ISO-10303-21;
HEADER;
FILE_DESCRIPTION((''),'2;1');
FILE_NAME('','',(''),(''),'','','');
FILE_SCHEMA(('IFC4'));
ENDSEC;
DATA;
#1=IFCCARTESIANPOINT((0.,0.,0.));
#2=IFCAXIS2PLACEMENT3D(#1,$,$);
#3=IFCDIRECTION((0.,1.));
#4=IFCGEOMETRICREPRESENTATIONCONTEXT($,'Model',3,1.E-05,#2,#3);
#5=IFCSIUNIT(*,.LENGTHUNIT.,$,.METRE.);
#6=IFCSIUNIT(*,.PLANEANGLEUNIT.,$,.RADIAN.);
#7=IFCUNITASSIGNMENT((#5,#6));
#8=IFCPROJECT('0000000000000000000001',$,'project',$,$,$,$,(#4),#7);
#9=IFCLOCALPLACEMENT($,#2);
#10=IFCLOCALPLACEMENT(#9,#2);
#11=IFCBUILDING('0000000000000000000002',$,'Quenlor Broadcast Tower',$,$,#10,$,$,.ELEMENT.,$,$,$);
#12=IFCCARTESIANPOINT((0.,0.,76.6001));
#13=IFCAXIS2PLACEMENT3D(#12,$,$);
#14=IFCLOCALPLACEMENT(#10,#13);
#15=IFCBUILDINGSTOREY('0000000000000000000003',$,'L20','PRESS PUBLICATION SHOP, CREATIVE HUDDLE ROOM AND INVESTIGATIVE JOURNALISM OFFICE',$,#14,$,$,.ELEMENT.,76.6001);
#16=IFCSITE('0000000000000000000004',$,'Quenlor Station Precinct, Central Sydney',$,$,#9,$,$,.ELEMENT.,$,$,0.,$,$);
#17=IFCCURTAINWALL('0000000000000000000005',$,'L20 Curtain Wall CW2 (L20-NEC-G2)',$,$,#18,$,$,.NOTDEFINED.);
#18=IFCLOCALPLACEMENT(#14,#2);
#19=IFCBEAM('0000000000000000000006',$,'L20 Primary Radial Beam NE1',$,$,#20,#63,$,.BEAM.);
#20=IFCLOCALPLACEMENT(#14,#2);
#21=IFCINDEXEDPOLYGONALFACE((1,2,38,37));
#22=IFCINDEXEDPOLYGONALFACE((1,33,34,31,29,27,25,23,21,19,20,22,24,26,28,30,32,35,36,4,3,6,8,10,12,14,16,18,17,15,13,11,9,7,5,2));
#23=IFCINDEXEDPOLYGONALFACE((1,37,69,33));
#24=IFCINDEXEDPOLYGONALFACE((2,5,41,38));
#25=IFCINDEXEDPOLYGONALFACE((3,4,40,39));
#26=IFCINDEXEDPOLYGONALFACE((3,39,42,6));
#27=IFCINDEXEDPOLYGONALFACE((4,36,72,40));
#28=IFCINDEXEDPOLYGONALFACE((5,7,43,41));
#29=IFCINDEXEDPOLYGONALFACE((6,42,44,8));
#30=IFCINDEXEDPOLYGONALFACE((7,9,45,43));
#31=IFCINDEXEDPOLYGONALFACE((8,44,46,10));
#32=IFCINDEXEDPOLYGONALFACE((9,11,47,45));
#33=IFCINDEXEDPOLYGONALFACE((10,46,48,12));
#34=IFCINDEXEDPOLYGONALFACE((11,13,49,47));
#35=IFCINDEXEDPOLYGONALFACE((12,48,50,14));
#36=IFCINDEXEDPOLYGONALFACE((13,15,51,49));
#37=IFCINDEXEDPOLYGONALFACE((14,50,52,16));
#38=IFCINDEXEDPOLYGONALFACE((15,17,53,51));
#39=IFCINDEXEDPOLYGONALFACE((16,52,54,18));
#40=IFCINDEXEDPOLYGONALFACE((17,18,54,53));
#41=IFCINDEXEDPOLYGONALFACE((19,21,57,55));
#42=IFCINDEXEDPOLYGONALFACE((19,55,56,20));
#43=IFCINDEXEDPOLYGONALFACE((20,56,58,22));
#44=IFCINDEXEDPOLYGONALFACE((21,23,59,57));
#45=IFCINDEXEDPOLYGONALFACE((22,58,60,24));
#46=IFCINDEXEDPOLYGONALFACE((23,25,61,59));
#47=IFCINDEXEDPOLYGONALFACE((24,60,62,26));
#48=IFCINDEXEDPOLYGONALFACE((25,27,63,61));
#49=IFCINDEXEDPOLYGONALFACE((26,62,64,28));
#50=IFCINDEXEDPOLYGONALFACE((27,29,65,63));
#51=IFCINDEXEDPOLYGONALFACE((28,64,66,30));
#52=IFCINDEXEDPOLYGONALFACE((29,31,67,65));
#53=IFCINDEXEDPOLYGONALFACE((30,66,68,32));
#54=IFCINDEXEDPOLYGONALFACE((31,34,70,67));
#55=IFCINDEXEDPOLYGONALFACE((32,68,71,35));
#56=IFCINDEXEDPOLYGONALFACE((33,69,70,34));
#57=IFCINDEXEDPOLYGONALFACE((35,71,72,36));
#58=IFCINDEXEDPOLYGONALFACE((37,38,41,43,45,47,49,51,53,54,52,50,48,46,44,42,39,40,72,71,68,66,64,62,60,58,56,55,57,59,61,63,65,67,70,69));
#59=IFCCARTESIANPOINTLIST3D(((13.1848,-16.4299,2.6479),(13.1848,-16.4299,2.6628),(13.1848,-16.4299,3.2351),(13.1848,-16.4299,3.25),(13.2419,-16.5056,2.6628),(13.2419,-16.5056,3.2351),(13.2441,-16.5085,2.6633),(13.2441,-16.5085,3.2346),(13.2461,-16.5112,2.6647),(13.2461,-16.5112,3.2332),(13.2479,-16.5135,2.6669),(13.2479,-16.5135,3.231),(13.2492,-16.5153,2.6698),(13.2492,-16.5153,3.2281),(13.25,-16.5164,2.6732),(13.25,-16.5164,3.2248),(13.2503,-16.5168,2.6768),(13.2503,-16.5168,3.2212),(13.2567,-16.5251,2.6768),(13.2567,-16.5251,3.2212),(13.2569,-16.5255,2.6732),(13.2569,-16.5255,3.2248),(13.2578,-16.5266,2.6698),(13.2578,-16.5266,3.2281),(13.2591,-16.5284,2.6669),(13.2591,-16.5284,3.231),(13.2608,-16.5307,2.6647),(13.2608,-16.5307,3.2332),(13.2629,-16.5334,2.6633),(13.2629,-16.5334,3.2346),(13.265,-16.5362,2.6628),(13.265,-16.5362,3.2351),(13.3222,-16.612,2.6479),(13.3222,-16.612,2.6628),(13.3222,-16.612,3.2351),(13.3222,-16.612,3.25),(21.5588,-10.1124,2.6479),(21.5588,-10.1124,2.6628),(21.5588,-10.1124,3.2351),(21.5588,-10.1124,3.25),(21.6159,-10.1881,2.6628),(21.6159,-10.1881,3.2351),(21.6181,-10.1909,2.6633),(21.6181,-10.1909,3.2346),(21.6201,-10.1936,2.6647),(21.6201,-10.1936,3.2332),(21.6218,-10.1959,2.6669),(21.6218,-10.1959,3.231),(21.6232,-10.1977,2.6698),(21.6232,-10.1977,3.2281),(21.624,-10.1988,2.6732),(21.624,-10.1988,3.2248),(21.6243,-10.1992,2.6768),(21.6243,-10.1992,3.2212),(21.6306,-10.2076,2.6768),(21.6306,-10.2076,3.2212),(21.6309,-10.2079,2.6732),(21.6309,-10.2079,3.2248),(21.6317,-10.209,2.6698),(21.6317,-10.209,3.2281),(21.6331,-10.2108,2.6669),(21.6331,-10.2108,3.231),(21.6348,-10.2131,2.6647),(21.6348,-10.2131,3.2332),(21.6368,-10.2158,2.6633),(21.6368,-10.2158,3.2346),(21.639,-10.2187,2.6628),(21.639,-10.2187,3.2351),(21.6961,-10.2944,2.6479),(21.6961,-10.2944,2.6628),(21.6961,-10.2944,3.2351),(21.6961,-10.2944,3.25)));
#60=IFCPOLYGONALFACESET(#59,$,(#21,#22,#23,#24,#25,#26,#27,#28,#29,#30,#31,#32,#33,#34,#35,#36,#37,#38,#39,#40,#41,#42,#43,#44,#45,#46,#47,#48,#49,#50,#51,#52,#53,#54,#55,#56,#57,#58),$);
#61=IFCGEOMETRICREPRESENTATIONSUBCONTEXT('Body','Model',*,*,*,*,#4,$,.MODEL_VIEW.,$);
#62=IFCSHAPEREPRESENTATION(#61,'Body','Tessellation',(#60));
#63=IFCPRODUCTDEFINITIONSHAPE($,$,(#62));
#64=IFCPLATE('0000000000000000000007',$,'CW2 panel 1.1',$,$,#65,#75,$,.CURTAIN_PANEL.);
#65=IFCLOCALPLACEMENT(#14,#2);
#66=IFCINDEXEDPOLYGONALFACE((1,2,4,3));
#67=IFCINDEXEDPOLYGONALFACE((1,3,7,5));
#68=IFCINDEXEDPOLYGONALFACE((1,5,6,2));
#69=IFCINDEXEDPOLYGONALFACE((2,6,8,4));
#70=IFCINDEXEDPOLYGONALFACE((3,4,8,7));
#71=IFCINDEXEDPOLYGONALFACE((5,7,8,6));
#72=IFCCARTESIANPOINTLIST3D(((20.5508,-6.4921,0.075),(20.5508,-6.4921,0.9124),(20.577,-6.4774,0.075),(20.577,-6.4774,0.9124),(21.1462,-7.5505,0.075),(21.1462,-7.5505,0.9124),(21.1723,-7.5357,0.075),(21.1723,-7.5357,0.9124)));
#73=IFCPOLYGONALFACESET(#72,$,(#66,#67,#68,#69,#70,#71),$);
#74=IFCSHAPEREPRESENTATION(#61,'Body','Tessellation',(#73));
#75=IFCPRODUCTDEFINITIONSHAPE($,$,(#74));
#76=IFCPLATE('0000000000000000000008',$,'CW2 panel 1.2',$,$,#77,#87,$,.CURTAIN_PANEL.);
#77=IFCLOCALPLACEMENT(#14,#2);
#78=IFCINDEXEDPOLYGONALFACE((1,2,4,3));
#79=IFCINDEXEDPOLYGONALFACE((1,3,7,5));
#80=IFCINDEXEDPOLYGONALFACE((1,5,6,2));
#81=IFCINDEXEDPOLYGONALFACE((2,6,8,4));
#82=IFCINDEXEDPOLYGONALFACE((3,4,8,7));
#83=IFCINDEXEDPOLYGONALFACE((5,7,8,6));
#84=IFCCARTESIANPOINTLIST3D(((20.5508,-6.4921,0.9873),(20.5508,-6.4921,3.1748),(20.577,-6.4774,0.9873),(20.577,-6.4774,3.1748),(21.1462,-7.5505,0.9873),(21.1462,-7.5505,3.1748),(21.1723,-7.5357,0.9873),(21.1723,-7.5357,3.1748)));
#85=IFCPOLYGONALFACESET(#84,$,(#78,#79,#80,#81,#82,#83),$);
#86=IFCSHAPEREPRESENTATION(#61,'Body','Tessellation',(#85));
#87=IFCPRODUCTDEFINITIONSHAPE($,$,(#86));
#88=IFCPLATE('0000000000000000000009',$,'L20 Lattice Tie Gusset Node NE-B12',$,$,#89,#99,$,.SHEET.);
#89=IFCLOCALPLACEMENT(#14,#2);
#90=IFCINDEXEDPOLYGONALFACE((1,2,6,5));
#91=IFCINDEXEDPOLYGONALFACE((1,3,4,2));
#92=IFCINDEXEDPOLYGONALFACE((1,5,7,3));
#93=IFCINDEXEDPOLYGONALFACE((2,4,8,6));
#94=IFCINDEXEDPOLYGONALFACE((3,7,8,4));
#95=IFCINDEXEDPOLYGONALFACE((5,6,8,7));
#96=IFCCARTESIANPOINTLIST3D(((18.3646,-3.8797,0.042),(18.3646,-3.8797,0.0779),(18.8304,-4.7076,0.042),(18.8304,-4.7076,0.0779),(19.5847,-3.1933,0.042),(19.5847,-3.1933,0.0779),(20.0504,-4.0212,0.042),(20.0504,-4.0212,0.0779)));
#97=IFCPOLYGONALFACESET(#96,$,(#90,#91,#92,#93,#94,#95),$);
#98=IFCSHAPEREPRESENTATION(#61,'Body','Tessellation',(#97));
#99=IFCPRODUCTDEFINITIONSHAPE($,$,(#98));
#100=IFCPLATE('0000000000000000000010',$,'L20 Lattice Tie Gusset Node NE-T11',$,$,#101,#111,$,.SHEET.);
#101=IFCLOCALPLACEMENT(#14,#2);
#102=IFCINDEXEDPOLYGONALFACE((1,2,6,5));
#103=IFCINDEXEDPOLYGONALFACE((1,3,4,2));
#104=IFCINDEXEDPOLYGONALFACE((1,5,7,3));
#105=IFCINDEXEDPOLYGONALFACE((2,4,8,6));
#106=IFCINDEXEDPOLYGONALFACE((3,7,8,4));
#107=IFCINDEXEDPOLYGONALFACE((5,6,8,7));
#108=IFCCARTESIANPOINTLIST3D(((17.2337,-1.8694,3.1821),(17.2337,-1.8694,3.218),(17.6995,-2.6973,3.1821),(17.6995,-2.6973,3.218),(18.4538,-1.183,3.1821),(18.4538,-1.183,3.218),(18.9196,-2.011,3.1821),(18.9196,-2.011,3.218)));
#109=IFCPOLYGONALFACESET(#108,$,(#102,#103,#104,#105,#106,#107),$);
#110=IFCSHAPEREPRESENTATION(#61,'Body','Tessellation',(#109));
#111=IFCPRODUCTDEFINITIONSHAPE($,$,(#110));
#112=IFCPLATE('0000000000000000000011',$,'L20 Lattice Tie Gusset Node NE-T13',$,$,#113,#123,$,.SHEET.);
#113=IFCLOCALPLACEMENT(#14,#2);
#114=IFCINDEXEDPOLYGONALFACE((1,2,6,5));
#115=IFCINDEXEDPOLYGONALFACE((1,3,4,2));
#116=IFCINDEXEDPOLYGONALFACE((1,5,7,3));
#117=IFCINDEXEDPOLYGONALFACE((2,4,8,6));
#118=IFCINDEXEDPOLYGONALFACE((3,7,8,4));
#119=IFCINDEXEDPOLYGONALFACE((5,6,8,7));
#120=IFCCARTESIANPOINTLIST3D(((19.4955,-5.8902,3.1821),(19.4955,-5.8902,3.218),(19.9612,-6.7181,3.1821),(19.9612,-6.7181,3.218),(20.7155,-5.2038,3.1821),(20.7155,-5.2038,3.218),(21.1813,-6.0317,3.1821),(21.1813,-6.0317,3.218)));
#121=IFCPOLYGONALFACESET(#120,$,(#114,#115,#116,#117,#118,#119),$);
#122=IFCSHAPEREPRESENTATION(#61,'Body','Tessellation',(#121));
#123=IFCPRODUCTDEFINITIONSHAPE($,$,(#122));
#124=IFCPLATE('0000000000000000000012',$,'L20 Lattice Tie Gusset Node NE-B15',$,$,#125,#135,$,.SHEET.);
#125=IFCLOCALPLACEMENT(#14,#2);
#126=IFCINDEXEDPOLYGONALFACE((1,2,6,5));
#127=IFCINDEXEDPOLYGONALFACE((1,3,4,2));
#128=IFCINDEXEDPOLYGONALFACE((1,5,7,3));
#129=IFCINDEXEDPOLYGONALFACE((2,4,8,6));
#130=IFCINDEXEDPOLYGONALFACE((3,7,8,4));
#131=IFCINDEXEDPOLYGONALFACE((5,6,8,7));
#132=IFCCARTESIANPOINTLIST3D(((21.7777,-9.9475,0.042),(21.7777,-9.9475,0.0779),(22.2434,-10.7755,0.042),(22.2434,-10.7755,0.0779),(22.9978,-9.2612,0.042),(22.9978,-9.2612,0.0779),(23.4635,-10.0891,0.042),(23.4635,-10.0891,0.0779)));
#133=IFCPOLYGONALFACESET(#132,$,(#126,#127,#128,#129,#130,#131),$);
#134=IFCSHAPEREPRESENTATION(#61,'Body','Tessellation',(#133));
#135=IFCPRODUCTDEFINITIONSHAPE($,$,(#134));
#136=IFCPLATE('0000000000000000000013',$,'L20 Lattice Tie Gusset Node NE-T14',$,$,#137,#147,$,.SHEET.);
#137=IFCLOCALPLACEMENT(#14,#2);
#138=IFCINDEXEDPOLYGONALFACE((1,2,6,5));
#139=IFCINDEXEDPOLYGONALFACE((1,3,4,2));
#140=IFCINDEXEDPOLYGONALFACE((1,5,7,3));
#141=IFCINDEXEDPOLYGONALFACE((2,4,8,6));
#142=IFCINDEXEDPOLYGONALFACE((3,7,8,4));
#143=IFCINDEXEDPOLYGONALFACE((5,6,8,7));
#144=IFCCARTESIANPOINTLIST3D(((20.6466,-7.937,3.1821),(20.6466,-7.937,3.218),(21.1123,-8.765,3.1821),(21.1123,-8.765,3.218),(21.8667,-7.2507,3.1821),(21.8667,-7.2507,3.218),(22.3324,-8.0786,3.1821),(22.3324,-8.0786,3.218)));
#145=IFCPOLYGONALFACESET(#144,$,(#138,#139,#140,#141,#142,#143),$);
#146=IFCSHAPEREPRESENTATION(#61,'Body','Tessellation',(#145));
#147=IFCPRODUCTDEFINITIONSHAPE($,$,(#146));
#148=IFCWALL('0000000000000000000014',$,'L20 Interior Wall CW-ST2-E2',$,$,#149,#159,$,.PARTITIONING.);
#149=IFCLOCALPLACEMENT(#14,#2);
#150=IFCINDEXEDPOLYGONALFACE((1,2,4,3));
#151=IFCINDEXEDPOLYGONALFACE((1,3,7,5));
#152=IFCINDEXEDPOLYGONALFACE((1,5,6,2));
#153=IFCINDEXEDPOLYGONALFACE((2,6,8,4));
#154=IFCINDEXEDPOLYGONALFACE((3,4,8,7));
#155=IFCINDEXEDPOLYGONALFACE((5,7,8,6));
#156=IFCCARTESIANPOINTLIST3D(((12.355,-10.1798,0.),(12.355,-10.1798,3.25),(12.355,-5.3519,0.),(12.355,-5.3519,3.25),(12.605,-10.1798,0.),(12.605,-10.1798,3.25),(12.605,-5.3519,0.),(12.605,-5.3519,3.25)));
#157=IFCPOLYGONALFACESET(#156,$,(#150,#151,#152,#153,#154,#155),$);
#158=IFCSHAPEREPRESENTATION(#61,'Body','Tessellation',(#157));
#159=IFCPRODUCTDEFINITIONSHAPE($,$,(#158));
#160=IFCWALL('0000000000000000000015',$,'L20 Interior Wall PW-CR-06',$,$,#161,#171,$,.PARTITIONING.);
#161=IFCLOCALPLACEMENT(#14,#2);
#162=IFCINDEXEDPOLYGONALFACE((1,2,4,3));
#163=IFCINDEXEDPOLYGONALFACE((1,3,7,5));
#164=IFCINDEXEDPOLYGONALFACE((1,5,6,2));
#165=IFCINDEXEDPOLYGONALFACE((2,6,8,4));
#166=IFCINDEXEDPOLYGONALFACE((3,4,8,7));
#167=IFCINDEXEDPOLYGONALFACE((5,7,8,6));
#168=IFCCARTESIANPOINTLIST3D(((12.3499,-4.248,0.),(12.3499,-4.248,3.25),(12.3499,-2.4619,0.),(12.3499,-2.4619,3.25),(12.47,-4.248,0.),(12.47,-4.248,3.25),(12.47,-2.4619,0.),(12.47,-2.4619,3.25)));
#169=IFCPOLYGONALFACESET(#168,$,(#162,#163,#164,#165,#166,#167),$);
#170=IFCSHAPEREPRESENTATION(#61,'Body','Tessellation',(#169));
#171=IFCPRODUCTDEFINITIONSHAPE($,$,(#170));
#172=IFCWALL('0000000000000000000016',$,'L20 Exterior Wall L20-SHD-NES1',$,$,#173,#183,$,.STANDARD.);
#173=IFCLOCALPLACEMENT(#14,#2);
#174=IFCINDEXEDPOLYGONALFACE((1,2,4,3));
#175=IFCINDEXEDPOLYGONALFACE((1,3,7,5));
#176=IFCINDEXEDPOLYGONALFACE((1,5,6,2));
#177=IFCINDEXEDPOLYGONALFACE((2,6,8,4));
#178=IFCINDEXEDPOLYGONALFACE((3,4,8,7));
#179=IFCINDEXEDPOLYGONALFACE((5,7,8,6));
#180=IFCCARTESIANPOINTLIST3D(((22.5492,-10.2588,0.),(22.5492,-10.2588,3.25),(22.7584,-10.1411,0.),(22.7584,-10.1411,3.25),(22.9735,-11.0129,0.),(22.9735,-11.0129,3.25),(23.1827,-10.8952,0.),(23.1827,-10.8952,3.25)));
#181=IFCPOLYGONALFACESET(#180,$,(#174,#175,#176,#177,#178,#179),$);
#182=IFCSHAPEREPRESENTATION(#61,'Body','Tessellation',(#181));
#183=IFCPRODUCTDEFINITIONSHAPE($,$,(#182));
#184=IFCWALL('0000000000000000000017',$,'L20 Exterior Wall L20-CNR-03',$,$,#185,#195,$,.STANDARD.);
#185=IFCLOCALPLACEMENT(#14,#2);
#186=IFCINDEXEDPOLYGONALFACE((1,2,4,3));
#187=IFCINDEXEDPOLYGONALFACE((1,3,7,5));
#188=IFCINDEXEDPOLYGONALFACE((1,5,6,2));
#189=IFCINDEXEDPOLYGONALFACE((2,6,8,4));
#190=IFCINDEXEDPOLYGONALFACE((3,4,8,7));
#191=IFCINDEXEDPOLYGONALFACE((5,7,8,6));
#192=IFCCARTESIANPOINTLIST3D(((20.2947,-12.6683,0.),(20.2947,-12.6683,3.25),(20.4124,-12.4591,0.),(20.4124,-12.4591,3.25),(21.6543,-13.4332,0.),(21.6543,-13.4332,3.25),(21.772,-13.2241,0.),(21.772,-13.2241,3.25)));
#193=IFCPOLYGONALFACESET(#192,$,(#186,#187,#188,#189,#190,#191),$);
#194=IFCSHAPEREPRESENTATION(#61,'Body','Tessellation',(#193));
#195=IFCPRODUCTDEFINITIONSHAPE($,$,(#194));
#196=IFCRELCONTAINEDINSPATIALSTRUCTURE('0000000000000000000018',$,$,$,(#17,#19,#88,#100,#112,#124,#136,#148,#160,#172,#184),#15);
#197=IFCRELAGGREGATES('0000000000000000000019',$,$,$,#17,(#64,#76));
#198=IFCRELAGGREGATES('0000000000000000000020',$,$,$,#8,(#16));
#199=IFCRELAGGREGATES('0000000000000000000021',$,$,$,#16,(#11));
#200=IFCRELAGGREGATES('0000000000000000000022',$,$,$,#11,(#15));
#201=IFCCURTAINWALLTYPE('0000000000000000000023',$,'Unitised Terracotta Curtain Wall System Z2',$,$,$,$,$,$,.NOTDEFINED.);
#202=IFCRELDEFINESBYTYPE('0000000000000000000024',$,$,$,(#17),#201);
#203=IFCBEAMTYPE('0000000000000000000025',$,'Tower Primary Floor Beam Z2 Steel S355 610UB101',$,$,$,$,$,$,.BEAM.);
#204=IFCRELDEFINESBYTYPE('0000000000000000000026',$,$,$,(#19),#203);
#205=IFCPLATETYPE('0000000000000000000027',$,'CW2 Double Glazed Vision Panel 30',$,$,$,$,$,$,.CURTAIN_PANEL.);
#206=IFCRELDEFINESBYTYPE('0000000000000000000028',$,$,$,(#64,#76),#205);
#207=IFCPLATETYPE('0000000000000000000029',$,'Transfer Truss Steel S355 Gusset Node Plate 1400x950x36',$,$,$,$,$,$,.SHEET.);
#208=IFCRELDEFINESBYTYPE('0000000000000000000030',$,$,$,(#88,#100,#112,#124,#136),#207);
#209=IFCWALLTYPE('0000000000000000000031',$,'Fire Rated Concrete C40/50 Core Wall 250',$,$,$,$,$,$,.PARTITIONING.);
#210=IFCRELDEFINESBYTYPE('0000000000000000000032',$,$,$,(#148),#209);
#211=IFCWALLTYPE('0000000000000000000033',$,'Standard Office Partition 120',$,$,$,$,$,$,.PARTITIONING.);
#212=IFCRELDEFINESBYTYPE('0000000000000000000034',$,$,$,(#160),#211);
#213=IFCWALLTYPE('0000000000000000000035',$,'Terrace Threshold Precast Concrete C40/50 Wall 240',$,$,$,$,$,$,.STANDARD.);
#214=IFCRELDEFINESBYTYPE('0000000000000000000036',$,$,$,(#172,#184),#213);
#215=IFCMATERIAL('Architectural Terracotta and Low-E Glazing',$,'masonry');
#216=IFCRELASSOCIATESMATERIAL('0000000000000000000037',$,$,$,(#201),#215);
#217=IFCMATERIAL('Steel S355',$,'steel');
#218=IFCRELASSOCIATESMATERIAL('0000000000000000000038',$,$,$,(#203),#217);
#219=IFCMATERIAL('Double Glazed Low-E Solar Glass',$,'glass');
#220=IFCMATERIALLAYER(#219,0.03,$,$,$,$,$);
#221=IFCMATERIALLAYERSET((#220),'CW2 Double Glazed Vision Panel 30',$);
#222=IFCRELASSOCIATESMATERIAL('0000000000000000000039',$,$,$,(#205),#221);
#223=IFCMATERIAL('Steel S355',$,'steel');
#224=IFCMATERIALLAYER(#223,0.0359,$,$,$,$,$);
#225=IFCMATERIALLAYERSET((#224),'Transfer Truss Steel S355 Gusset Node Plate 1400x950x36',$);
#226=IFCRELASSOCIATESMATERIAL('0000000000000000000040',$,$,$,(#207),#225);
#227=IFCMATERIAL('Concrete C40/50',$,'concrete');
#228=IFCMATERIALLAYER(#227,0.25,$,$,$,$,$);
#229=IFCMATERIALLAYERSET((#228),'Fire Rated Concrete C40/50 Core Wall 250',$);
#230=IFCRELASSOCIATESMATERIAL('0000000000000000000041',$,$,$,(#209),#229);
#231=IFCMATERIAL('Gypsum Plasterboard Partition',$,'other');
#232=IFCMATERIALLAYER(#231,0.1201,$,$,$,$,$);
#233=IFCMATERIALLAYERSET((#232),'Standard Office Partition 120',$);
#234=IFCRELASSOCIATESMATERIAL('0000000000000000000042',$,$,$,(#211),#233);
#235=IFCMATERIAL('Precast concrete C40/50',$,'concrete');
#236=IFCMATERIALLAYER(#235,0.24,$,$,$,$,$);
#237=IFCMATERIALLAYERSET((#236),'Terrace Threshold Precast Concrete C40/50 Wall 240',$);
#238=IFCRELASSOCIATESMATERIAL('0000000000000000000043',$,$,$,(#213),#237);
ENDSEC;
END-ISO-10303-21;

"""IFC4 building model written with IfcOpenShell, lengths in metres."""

from ifc_helpers import new_model, si_unit, direction, frame, frame_2d, origin, origin_2d, place, context, subcontext, project, spatial, rectangle, i_section, extrude, material, layer, layer_set, material_profile, profile_set, type_object, element, aggregate, save


model = new_model("IFC4")

# Units and contexts
model_context = context("Model", 3, precision=1e-05, world=origin(), true_north=direction((0.0, 1.0)))
body_context = subcontext(model_context, "Body", "Model", "MODEL_VIEW")
ifc_project = project(units=[si_unit("LENGTHUNIT", "METRE"), si_unit("PLANEANGLEUNIT", "RADIAN")], contexts=[model_context])

# Site, building, storey
site_placement = place(None, origin())
site = spatial("IfcSite", under=ifc_project, at=site_placement, Name="Quenlor Station Precinct, Central Sydney", CompositionType="ELEMENT", RefElevation=0.0)
building_placement = place(site_placement, origin())
building = spatial("IfcBuilding", under=site, at=building_placement, Name="Quenlor Broadcast Tower", CompositionType="ELEMENT")
storey_placement = place(building_placement, frame((0.0, 0.0, 76.6001)))
storey = spatial("IfcBuildingStorey", under=building, at=storey_placement, Name="L20", Description="PRESS PUBLICATION SHOP, CREATIVE HUDDLE ROOM AND INVESTIGATIVE JOURNALISM OFFICE", CompositionType="ELEMENT", Elevation=76.6001)

# Curtain wall
ifc_material_1 = material(Name="Architectural Terracotta and Low-E Glazing", Category="masonry")
curtain_wall_type = type_object("IfcCurtainWallType", Name="Unitised Terracotta Curtain Wall System Z2", PredefinedType="NOTDEFINED", material=ifc_material_1)
curtain_wall_placement = place(storey_placement, origin())
curtain_wall = element("IfcCurtainWall", 1, at=curtain_wall_placement, inside=storey, type_object=curtain_wall_type, Name="L20 Curtain Wall CW2 (L20-NEC-G2)", PredefinedType="NOTDEFINED")

# Beam
ifc_material_2 = material(Name="Steel S355", Category="steel")
ifc_material_profile_1 = material_profile(ifc_material_2, i_section(OverallWidth=0.228, OverallDepth=0.6021, WebThickness=0.0105, FlangeThickness=0.0149, FilletRadius=0.0139, at=origin_2d()))
ifc_profile_set_1 = profile_set([ifc_material_profile_1], Name="Steel S355 610UB101")
beam_type_1 = type_object("IfcBeamType", Name="Tower Primary Floor Beam Z2 Steel S355 610UB101", PredefinedType="BEAM", material=ifc_profile_set_1)
beam_1_placement = place(storey_placement, frame((21.6274, -10.2034, 2.949), z_axis=(-0.798299, -0.602262, 0.0), x_axis=(0.602262, -0.798299, 0.0)))
element("IfcBeam", 2, at=beam_1_placement, inside=storey, type_object=beam_type_1, Name="L20 Primary Radial Beam NE1", PredefinedType="BEAM", context=body_context, shape_type="SweptSolid", body=[
    extrude(i_section(OverallWidth=0.228, OverallDepth=0.6021, WebThickness=0.0105, FlangeThickness=0.0149, FilletRadius=0.0139, at=origin_2d()), origin(), (0.0, 0.0, 1.0), 10.4897),
])

# Plates
ifc_material_3 = material(Name="Double Glazed Low-E Solar Glass", Category="glass")
ifc_layer_1 = layer(ifc_material_3, 0.03)
ifc_layer_set_1 = layer_set([ifc_layer_1], Name="CW2 Double Glazed Vision Panel 30")
plate_type_1 = type_object("IfcPlateType", Name="CW2 Double Glazed Vision Panel 30", PredefinedType="CURTAIN_PANEL", material=ifc_layer_set_1)
plate_1_placement = place(storey_placement, frame((20.8616, -7.0139, 0.075), z_axis=(0.0, 0.0, 1.0), x_axis=(0.490279, -0.871566, 0.0)))
plate_1 = element("IfcPlate", 3, at=plate_1_placement, type_object=plate_type_1, Name="CW2 panel 1.1", PredefinedType="CURTAIN_PANEL", context=body_context, shape_type="SweptSolid", body=[
    extrude(rectangle(XDim=1.2144, YDim=0.03, at=origin_2d()), origin(), (0.0, 0.0, 1.0), 0.8374),
])
plate_2_placement = place(storey_placement, frame((20.8616, -7.0139, 0.9873), z_axis=(0.0, 0.0, 1.0), x_axis=(0.490279, -0.871566, 0.0)))
plate_2 = element("IfcPlate", 4, at=plate_2_placement, type_object=plate_type_1, Name="CW2 panel 1.2", PredefinedType="CURTAIN_PANEL", context=body_context, shape_type="SweptSolid", body=[
    extrude(rectangle(XDim=1.2144, YDim=0.03, at=origin_2d()), origin(), (0.0, 0.0, 1.0), 2.1875),
])
aggregate(curtain_wall, [plate_1, plate_2])

# Plates
ifc_material_4 = material(Name="Steel S355", Category="steel")
ifc_layer_2 = layer(ifc_material_4, 0.0359)
ifc_layer_set_2 = layer_set([ifc_layer_2], Name="Transfer Truss Steel S355 Gusset Node Plate 1400x950x36")
plate_type_2 = type_object("IfcPlateType", Name="Transfer Truss Steel S355 Gusset Node Plate 1400x950x36", PredefinedType="SHEET", material=ifc_layer_set_2)
for number, where, z_axis, x_axis, name in (
    (5, (19.2075, -3.9504, 0.042), (0.0, 0.0, 1.0), (0.871556, 0.490295, 0.0), "L20 Lattice Tie Gusset Node NE-B12"),
    (6, (18.0767, -1.9402, 3.1821), (0.0, 0.0, 1.0), (0.871556, 0.490295, 0.0), "L20 Lattice Tie Gusset Node NE-T11"),
    (7, (20.3384, -5.9609, 3.1821), (0.0, 0.0, 1.0), (0.871556, 0.490295, 0.0), "L20 Lattice Tie Gusset Node NE-T13"),
    (8, (22.6206, -10.0183, 0.042), (0.0, 0.0, 1.0), (0.871556, 0.490295, 0.0), "L20 Lattice Tie Gusset Node NE-B15"),
    (9, (21.4895, -8.0078, 3.1821), (0.0, 0.0, 1.0), (0.871556, 0.490295, 0.0), "L20 Lattice Tie Gusset Node NE-T14"),
):
    element("IfcPlate", number, at=place(storey_placement, frame(where, z_axis=z_axis, x_axis=x_axis)), inside=storey, type_object=plate_type_2, Name=name, PredefinedType="SHEET", context=body_context, shape_type="SweptSolid", body=[
        extrude(rectangle(XDim=1.3999, YDim=0.95, at=origin_2d()), origin(), (0.0, 0.0, 1.0), 0.0359),
    ])

# Walls
ifc_material_5 = material(Name="Concrete C40/50", Category="concrete")
ifc_layer_3 = layer(ifc_material_5, 0.25)
ifc_layer_set_3 = layer_set([ifc_layer_3], Name="Fire Rated Concrete C40/50 Core Wall 250")
wall_type_1 = type_object("IfcWallType", Name="Fire Rated Concrete C40/50 Core Wall 250", PredefinedType="PARTITIONING", material=ifc_layer_set_3)
wall_1_placement = place(storey_placement, frame((12.48, -10.1799, 0.0), z_axis=(0.0, 0.0, 1.0), x_axis=(0.0, 1.0, 0.0)))
element("IfcWall", 10, at=wall_1_placement, inside=storey, type_object=wall_type_1, Name="L20 Interior Wall CW-ST2-E2", PredefinedType="PARTITIONING", context=body_context, shape_type="SweptSolid", body=[
    extrude(rectangle(XDim=4.8279, YDim=0.25, at=frame_2d((2.4141, 0.0))), origin(), (0.0, 0.0, 1.0), 3.25),
])
ifc_material_6 = material(Name="Gypsum Plasterboard Partition", Category="other")
ifc_layer_4 = layer(ifc_material_6, 0.1201)
ifc_layer_set_4 = layer_set([ifc_layer_4], Name="Standard Office Partition 120")
wall_type_2 = type_object("IfcWallType", Name="Standard Office Partition 120", PredefinedType="PARTITIONING", material=ifc_layer_set_4)
wall_2_placement = place(storey_placement, frame((12.4099, -2.4619, 0.0), z_axis=(0.0, 0.0, 1.0), x_axis=(0.0, -1.0, 0.0)))
element("IfcWall", 11, at=wall_2_placement, inside=storey, type_object=wall_type_2, Name="L20 Interior Wall PW-CR-06", PredefinedType="PARTITIONING", context=body_context, shape_type="SweptSolid", body=[
    extrude(rectangle(XDim=1.7861, YDim=0.1201, at=frame_2d((0.8931, 0.0))), origin(), (0.0, 0.0, 1.0), 3.25),
])
ifc_material_7 = material(Name="Precast concrete C40/50", Category="concrete")
ifc_layer_5 = layer(ifc_material_7, 0.24)
ifc_layer_set_5 = layer_set([ifc_layer_5], Name="Terrace Threshold Precast Concrete C40/50 Wall 240")
wall_type_3 = type_object("IfcWallType", Name="Terrace Threshold Precast Concrete C40/50 Wall 240", PredefinedType="STANDARD", material=ifc_layer_set_5)
wall_3_placement = place(storey_placement, frame((22.6538, -10.2, 0.0), z_axis=(0.0, 0.0, 1.0), x_axis=(0.490355, -0.871523, 0.0)))
element("IfcWall", 12, at=wall_3_placement, inside=storey, type_object=wall_type_3, Name="L20 Exterior Wall L20-SHD-NES1", PredefinedType="STANDARD", context=body_context, shape_type="SweptSolid", body=[
    extrude(rectangle(XDim=0.8652, YDim=0.24, at=frame_2d((0.4326, 0.0))), origin(), (0.0, 0.0, 1.0), 3.25),
])
wall_4_placement = place(storey_placement, frame((20.3535, -12.5637, 0.0), z_axis=(0.0, 0.0, 1.0), x_axis=(0.871546, -0.490313, 0.0)))
element("IfcWall", 13, at=wall_4_placement, inside=storey, type_object=wall_type_3, Name="L20 Exterior Wall L20-CNR-03", PredefinedType="STANDARD", context=body_context, shape_type="SweptSolid", body=[
    extrude(rectangle(XDim=1.5601, YDim=0.24, at=frame_2d((0.78, 0.0))), origin(), (0.0, 0.0, 1.0), 3.25),
])

save(model, "model.ifc")
